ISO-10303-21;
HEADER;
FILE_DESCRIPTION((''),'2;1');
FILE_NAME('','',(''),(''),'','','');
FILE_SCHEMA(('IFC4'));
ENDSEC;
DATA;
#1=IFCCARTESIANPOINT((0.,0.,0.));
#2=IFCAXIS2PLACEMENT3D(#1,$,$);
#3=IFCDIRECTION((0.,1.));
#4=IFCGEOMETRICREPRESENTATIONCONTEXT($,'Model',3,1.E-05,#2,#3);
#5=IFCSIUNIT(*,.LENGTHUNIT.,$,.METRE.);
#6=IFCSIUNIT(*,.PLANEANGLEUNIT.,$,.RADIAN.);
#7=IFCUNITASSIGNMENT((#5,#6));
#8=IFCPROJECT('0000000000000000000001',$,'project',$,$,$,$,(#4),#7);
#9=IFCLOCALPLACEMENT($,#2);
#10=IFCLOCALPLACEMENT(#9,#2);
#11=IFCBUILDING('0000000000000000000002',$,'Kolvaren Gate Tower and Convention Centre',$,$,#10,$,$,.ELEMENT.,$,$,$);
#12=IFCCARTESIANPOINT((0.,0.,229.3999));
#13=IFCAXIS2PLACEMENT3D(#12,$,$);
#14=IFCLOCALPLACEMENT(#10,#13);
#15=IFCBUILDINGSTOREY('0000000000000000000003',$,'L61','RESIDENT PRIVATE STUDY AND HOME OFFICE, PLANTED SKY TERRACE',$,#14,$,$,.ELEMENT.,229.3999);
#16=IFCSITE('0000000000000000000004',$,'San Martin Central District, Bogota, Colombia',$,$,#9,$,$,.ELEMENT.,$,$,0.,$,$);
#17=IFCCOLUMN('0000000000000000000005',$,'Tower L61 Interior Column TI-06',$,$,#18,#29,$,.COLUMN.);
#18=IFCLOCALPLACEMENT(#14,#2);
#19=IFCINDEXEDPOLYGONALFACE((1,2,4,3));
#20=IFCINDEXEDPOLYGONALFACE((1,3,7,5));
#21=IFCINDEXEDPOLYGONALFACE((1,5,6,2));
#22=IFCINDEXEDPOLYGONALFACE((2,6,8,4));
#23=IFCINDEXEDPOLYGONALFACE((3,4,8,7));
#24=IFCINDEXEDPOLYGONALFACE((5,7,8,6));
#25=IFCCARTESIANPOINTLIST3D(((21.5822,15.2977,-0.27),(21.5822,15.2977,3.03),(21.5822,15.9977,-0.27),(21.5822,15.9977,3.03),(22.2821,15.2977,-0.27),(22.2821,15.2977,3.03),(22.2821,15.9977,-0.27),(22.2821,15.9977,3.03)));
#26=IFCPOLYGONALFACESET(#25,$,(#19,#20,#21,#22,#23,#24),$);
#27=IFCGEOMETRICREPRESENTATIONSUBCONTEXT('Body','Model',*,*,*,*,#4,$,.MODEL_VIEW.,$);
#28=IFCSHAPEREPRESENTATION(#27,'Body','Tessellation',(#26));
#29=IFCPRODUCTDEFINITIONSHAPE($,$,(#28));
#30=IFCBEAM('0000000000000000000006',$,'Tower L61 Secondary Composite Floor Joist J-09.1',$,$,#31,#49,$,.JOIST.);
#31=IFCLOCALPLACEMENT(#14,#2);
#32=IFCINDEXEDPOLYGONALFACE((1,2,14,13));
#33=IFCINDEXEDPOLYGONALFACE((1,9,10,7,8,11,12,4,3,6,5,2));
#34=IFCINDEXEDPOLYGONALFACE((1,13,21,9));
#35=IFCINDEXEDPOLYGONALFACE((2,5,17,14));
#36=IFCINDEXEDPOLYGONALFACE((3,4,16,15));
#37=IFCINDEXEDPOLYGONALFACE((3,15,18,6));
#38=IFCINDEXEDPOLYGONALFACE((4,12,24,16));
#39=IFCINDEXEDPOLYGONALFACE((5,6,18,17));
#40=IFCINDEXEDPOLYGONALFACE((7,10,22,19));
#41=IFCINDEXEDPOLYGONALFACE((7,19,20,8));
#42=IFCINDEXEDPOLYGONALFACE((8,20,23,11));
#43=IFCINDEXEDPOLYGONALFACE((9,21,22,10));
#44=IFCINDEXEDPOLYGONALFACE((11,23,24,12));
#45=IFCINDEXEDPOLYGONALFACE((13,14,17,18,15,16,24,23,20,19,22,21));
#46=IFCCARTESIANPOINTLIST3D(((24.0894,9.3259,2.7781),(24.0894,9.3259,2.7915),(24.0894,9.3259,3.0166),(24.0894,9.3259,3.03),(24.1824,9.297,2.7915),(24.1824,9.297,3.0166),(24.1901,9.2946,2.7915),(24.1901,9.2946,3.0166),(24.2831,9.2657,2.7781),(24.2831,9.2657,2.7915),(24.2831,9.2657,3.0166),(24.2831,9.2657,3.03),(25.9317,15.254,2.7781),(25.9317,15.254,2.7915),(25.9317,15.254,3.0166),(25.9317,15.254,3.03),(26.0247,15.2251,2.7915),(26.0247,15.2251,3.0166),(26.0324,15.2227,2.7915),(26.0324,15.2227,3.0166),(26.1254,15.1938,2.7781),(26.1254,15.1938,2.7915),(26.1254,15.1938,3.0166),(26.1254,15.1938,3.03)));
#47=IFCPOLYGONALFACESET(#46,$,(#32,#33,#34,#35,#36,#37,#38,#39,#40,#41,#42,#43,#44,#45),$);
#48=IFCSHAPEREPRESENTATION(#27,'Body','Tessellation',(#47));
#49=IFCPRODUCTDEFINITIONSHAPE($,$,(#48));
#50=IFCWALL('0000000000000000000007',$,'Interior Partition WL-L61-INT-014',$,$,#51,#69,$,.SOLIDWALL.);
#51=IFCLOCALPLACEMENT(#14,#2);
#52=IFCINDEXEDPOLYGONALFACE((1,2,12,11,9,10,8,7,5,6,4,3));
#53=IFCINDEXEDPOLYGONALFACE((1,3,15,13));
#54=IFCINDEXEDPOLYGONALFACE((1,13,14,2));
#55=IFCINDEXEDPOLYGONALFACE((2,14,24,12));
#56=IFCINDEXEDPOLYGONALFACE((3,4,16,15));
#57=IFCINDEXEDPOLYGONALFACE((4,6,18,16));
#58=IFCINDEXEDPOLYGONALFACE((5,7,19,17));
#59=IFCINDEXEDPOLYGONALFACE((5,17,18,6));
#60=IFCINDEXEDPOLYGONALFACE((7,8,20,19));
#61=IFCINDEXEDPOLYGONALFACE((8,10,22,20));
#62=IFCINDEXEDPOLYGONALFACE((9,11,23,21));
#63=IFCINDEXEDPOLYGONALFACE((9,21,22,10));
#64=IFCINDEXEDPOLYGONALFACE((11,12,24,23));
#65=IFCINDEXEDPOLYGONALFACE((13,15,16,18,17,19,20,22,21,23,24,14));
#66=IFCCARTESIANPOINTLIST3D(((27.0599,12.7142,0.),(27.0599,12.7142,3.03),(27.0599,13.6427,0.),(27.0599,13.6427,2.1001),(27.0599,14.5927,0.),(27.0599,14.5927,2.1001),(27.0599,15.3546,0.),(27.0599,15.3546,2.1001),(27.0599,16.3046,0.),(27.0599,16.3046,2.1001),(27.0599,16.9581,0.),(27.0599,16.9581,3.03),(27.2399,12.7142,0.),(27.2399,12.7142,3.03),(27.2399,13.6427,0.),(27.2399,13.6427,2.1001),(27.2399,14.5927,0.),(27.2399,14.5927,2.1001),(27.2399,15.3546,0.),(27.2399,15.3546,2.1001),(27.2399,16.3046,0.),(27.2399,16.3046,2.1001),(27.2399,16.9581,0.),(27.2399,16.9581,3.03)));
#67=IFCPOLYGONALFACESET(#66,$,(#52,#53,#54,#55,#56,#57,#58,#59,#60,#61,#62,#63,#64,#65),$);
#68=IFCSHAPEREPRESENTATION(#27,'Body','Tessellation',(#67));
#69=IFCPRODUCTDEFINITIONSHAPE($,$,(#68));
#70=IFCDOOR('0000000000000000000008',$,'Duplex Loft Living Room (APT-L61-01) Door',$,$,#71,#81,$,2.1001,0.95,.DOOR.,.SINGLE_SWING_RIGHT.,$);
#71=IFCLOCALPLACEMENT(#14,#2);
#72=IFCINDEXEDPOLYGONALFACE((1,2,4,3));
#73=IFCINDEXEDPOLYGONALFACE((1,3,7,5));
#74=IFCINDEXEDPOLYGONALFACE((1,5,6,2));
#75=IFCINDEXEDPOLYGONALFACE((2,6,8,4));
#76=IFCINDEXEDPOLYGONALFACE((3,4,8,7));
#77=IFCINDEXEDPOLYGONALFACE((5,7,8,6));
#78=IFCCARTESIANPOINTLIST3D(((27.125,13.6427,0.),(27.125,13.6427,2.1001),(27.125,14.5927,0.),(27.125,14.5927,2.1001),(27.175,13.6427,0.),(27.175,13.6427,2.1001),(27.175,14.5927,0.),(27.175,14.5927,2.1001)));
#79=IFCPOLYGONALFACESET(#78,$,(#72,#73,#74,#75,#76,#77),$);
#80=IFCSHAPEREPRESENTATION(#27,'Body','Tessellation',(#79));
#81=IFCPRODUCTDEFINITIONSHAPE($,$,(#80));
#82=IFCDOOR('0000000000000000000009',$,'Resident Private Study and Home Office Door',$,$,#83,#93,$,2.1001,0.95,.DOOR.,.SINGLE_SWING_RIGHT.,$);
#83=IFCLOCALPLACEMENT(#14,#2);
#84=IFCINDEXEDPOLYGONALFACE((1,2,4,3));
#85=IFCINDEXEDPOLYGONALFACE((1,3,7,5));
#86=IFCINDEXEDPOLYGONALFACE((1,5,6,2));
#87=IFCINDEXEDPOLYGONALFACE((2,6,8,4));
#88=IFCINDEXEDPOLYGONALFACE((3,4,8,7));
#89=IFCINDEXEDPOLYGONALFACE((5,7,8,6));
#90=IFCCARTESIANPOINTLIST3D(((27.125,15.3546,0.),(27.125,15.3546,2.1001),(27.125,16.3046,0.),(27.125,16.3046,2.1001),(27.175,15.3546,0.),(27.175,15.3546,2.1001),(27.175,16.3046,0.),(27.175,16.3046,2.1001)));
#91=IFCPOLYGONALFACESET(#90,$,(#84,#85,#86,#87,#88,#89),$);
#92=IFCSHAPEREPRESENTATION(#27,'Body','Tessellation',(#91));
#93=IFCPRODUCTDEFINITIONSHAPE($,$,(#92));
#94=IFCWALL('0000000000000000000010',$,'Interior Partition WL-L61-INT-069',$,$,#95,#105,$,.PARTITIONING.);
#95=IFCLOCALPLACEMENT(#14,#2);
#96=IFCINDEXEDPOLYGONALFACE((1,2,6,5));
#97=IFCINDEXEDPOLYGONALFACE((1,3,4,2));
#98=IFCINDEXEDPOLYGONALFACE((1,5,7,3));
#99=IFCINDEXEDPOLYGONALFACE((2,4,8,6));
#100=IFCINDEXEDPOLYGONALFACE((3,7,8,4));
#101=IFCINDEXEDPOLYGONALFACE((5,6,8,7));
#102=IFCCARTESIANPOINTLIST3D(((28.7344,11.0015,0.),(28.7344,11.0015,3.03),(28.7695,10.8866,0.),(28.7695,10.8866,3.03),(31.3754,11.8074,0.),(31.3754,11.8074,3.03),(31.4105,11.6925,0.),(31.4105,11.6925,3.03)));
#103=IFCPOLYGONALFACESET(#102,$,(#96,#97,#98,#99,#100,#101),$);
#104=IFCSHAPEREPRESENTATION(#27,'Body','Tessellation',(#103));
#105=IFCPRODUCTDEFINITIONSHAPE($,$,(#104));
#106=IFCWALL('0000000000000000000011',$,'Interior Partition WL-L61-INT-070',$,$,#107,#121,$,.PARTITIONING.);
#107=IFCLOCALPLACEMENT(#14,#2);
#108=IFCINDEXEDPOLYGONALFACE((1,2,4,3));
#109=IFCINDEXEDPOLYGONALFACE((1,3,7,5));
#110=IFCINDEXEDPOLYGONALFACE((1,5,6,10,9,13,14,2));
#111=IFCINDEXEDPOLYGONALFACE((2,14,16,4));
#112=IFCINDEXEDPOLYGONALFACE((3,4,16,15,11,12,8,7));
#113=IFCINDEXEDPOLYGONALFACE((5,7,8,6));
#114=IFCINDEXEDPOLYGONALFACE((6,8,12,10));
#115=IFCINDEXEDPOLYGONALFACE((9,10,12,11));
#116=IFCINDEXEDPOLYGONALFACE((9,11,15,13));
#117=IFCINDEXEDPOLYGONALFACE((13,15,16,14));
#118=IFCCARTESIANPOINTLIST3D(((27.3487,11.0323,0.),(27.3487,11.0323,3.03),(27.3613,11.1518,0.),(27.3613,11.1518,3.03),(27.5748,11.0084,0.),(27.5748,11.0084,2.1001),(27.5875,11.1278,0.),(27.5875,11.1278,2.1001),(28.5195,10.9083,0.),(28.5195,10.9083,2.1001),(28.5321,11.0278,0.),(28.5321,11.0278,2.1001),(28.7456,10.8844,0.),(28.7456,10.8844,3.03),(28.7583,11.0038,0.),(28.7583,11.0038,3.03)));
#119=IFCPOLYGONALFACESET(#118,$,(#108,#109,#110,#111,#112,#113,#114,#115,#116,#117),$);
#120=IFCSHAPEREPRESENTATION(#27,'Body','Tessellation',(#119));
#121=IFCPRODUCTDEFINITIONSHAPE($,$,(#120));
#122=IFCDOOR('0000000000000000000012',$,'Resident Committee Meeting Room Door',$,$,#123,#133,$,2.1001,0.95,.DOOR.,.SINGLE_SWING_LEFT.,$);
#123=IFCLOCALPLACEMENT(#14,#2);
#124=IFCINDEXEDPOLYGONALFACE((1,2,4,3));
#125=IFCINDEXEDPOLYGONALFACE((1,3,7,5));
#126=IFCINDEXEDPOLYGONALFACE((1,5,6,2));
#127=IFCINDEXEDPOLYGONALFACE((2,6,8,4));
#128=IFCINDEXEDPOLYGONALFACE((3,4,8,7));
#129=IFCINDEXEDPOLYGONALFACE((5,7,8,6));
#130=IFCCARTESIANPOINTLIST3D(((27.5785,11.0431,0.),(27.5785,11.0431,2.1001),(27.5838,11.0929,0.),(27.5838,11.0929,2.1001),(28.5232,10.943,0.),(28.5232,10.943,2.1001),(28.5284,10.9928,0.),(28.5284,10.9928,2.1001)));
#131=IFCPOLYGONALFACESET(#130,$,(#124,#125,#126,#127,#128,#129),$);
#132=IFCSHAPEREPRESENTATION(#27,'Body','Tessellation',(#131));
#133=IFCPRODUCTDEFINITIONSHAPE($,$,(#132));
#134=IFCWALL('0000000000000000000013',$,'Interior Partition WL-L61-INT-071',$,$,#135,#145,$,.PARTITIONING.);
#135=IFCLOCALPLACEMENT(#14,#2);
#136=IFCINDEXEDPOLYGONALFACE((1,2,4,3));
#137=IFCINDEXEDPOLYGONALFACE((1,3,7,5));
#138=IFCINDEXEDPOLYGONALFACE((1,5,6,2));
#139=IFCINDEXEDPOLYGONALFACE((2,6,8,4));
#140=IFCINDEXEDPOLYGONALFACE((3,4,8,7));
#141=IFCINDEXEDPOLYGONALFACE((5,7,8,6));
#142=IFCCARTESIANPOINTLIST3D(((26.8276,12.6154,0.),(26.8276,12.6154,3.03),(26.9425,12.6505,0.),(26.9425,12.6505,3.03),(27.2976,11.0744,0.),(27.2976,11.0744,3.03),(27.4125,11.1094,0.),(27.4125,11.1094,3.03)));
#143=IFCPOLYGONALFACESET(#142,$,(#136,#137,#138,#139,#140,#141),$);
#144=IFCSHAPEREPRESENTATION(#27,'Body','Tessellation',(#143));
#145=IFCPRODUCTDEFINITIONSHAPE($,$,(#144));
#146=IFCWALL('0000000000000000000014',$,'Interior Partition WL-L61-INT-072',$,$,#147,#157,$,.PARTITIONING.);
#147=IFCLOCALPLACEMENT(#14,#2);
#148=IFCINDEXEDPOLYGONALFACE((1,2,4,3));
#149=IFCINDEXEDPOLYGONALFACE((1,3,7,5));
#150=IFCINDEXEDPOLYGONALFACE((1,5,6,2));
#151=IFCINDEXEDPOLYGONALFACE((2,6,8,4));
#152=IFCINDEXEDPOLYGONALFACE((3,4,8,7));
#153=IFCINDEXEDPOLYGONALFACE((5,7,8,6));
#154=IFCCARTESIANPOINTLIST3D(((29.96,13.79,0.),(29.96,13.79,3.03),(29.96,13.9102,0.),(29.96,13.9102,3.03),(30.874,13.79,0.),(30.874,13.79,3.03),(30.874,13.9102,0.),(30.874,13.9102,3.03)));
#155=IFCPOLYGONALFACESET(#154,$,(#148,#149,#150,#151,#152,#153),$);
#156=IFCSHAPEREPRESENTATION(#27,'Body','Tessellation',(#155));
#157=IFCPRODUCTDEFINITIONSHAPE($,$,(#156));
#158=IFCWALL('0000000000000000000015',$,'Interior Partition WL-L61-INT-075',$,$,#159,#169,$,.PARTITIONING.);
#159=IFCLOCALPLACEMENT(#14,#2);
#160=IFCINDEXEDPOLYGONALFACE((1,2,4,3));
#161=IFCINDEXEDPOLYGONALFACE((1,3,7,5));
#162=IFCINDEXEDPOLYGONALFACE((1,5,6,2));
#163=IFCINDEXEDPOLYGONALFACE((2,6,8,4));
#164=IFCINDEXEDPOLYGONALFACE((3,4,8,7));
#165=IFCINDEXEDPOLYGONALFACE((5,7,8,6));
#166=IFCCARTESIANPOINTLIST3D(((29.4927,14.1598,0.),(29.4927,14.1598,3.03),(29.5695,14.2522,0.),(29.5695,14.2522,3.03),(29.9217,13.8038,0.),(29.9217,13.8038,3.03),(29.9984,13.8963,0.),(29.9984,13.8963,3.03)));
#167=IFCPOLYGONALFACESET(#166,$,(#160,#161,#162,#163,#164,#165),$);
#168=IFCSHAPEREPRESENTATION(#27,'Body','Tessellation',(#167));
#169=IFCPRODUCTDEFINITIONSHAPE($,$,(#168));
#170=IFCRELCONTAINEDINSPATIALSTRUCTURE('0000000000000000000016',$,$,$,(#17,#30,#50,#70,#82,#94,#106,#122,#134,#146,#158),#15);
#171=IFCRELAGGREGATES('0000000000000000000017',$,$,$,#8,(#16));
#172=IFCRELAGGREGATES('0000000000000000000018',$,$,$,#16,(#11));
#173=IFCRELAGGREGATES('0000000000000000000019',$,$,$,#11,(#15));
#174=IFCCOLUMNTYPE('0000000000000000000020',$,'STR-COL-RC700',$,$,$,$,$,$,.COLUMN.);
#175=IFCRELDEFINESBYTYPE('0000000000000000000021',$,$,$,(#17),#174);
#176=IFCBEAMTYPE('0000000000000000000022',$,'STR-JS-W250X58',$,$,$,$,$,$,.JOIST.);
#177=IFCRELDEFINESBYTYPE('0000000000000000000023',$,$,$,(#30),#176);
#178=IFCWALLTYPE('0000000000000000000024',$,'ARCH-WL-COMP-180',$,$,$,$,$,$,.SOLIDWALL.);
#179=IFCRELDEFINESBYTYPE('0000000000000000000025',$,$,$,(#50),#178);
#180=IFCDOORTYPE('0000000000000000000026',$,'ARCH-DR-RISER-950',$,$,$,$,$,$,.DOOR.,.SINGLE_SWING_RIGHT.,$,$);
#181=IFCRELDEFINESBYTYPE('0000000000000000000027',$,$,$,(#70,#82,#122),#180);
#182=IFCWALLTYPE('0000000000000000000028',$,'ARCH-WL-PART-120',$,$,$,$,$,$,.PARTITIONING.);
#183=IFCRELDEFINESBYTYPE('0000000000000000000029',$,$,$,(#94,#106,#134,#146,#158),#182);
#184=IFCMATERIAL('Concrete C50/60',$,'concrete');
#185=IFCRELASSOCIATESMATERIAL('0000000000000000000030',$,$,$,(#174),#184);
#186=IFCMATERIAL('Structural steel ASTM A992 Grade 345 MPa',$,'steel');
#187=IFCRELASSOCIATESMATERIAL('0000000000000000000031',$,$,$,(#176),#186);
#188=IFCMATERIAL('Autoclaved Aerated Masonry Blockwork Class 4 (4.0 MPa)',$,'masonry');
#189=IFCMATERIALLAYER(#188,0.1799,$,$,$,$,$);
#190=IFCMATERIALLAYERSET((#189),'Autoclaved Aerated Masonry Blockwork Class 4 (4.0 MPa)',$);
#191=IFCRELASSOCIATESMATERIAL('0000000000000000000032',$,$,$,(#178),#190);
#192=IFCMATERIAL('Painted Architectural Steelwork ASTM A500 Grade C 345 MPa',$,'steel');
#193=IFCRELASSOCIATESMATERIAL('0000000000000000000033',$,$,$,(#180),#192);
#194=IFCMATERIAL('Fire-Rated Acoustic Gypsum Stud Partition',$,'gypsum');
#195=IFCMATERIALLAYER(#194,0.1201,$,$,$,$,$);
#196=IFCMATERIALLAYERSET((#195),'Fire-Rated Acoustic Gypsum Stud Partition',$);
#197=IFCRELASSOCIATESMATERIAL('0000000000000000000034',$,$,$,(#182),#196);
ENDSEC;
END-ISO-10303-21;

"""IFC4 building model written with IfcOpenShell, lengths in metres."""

from ifc_helpers import new_model, si_unit, direction, frame, frame_2d, origin, origin_2d, place, context, subcontext, project, spatial, rectangle, i_section, extrude, material, layer, layer_set, material_profile, profile_set, type_object, element, fill, save


model = new_model("IFC4")

# Units and contexts
model_context = context("Model", 3, precision=1e-05, world=origin(), true_north=direction((0.0, 1.0)))
body_context = subcontext(model_context, "Body", "Model", "MODEL_VIEW")
ifc_project = project(units=[si_unit("LENGTHUNIT", "METRE"), si_unit("PLANEANGLEUNIT", "RADIAN")], contexts=[model_context])

# Site, building, storey
site_placement = place(None, origin())
site = spatial("IfcSite", under=ifc_project, at=site_placement, Name="San Martin Central District, Bogota, Colombia", CompositionType="ELEMENT", RefElevation=0.0)
building_placement = place(site_placement, origin())
building = spatial("IfcBuilding", under=site, at=building_placement, Name="Kolvaren Gate Tower and Convention Centre", CompositionType="ELEMENT")
storey_placement = place(building_placement, frame((0.0, 0.0, 229.3999)))
storey = spatial("IfcBuildingStorey", under=building, at=storey_placement, Name="L61", Description="RESIDENT PRIVATE STUDY AND HOME OFFICE, PLANTED SKY TERRACE", CompositionType="ELEMENT", Elevation=229.3999)

# Column
ifc_material_1 = material(Name="Concrete C50/60", Category="concrete")
ifc_material_profile_1 = material_profile(ifc_material_1, rectangle(XDim=0.7, YDim=0.7, at=origin_2d()), Name="RC-COL-700X700")
ifc_profile_set_1 = profile_set([ifc_material_profile_1], Name="Concrete C50/60")
column_type = type_object("IfcColumnType", Name="STR-COL-RC700", PredefinedType="COLUMN", material=ifc_profile_set_1)
column_placement = place(storey_placement, frame((21.9321, 15.6477, -0.27), z_axis=(0.0, 0.0, 1.0), x_axis=(1.0, 0.0, 0.0)))
element("IfcColumn", 1, at=column_placement, inside=storey, type_object=column_type, Name="Tower L61 Interior Column TI-06", PredefinedType="COLUMN", context=body_context, shape_type="SweptSolid", body=[
    extrude(rectangle(XDim=0.7, YDim=0.7, at=origin_2d()), origin(), (0.0, 0.0, 1.0), 3.3),
])

# Beam
ifc_material_2 = material(Name="Structural steel ASTM A992 Grade 345 MPa", Category="steel")
ifc_material_profile_2 = material_profile(ifc_material_2, i_section(OverallWidth=0.2029, OverallDepth=0.252, WebThickness=0.0081, FlangeThickness=0.0134, at=origin_2d()), Name="W250X58")
ifc_profile_set_2 = profile_set([ifc_material_profile_2], Name="Structural steel ASTM A992 Grade 345 MPa")
beam_type = type_object("IfcBeamType", Name="STR-JS-W250X58", PredefinedType="JOIST", material=ifc_profile_set_2)
beam_placement = place(storey_placement, frame((26.0286, 15.2239, 2.9041), z_axis=(-0.296776, -0.954947, 0.0), x_axis=(0.954947, -0.296776, 0.0)))
element("IfcBeam", 2, at=beam_placement, inside=storey, type_object=beam_type, Name="Tower L61 Secondary Composite Floor Joist J-09.1", PredefinedType="JOIST", context=body_context, shape_type="SweptSolid", body=[
    extrude(i_section(OverallWidth=0.2029, OverallDepth=0.252, WebThickness=0.0081, FlangeThickness=0.0134, at=origin_2d()), origin(), (0.0, 0.0, 1.0), 6.2078),
])

# Wall, openings, doors
ifc_material_3 = material(Name="Autoclaved Aerated Masonry Blockwork Class 4 (4.0 MPa)", Category="masonry")
ifc_layer_1 = layer(ifc_material_3, 0.1799)
ifc_layer_set_1 = layer_set([ifc_layer_1], Name="Autoclaved Aerated Masonry Blockwork Class 4 (4.0 MPa)")
wall_type_1 = type_object("IfcWallType", Name="ARCH-WL-COMP-180", PredefinedType="SOLIDWALL", material=ifc_layer_set_1)
wall_1_placement = place(storey_placement, frame((27.1499, 12.7141, 0.0), z_axis=(0.0, 0.0, 1.0), x_axis=(0.0, 1.0, 0.0)))
wall_1 = element("IfcWall", 3, at=wall_1_placement, inside=storey, type_object=wall_type_1, Name="Interior Partition WL-L61-INT-014", PredefinedType="SOLIDWALL", context=body_context, shape_type="SweptSolid", body=[
    extrude(rectangle(XDim=4.2439, YDim=0.1799, at=frame_2d((2.1221, 0.0))), origin(), (0.0, 0.0, 1.0), 3.03),
])
opening_1_placement = place(wall_1_placement, frame((0.9285, 0.0, 0.0)))
opening_1 = element("IfcOpeningElement", 4, at=opening_1_placement, cuts=wall_1, PredefinedType="OPENING", context=body_context, shape_type="SweptSolid", body=[
    extrude(rectangle(XDim=0.95, YDim=2.1001, at=frame_2d((0.4751, 1.05))), frame((0.0, 0.0999, 0.0), z_axis=(0.0, -1.0, 0.0), x_axis=(1.0, 0.0, 0.0)), (0.0, 0.0, 1.0), 0.2),
])
opening_2_placement = place(wall_1_placement, frame((2.6404, 0.0, 0.0)))
opening_2 = element("IfcOpeningElement", 5, at=opening_2_placement, cuts=wall_1, PredefinedType="OPENING", context=body_context, shape_type="SweptSolid", body=[
    extrude(rectangle(XDim=0.95, YDim=2.1001, at=frame_2d((0.4751, 1.05))), frame((0.0, 0.0999, 0.0), z_axis=(0.0, -1.0, 0.0), x_axis=(1.0, 0.0, 0.0)), (0.0, 0.0, 1.0), 0.2),
])
ifc_material_4 = material(Name="Painted Architectural Steelwork ASTM A500 Grade C 345 MPa", Category="steel")
door_type_1 = type_object("IfcDoorType", Name="ARCH-DR-RISER-950", OperationType="SINGLE_SWING_RIGHT", PredefinedType="DOOR", material=ifc_material_4)
door_1_placement = place(opening_1_placement, origin())
door_1 = element("IfcDoor", 6, at=door_1_placement, inside=storey, type_object=door_type_1, Name="Duplex Loft Living Room (APT-L61-01) Door", OperationType="SINGLE_SWING_RIGHT", OverallHeight=2.1001, OverallWidth=0.95, PredefinedType="DOOR", context=body_context, shape_type="SweptSolid", body=[
    extrude(rectangle(XDim=0.95, YDim=2.1001, at=frame_2d((0.4751, 1.05))), frame((0.0, 0.0249, 0.0), z_axis=(0.0, -1.0, 0.0), x_axis=(1.0, 0.0, 0.0)), (0.0, 0.0, 1.0), 0.05),
])
fill(opening_1, door_1)
door_2_placement = place(opening_2_placement, origin())
door_2 = element("IfcDoor", 7, at=door_2_placement, inside=storey, type_object=door_type_1, Name="Resident Private Study and Home Office Door", OperationType="SINGLE_SWING_RIGHT", OverallHeight=2.1001, OverallWidth=0.95, PredefinedType="DOOR", context=body_context, shape_type="SweptSolid", body=[
    extrude(rectangle(XDim=0.95, YDim=2.1001, at=frame_2d((0.4751, 1.05))), frame((0.0, 0.0249, 0.0), z_axis=(0.0, -1.0, 0.0), x_axis=(1.0, 0.0, 0.0)), (0.0, 0.0, 1.0), 0.05),
])
fill(opening_2, door_2)

# Wall
ifc_material_5 = material(Name="Fire-Rated Acoustic Gypsum Stud Partition", Category="gypsum")
ifc_layer_2 = layer(ifc_material_5, 0.1201)
ifc_layer_set_2 = layer_set([ifc_layer_2], Name="Fire-Rated Acoustic Gypsum Stud Partition")
wall_type_2 = type_object("IfcWallType", Name="ARCH-WL-PART-120", PredefinedType="PARTITIONING", material=ifc_layer_set_2)
wall_2_placement = place(storey_placement, frame((28.752, 10.9441, 0.0), z_axis=(0.0, 0.0, 1.0), x_axis=(0.956463, 0.291855, 0.0)))
element("IfcWall", 8, at=wall_2_placement, inside=storey, type_object=wall_type_2, Name="Interior Partition WL-L61-INT-069", PredefinedType="PARTITIONING", context=body_context, shape_type="SweptSolid", body=[
    extrude(rectangle(XDim=2.7612, YDim=0.1201, at=frame_2d((1.3806, 0.0))), origin(), (0.0, 0.0, 1.0), 3.03),
])

# Wall, opening, door
wall_3_placement = place(storey_placement, frame((27.355, 11.092, 0.0), z_axis=(0.0, 0.0, 1.0), x_axis=(0.994439, -0.105318, 0.0)))
wall_3 = element("IfcWall", 9, at=wall_3_placement, inside=storey, type_object=wall_type_2, Name="Interior Partition WL-L61-INT-070", PredefinedType="PARTITIONING", context=body_context, shape_type="SweptSolid", body=[
    extrude(rectangle(XDim=1.4048, YDim=0.1201, at=frame_2d((0.7024, 0.0))), origin(), (0.0, 0.0, 1.0), 3.03),
])
opening_3_placement = place(wall_3_placement, frame((0.2273, 0.0, 0.0)))
opening_3 = element("IfcOpeningElement", 10, at=opening_3_placement, cuts=wall_3, PredefinedType="OPENING", context=body_context, shape_type="SweptSolid", body=[
    extrude(rectangle(XDim=0.95, YDim=2.1001, at=frame_2d((0.4751, 1.05))), frame((0.0, 0.0701, 0.0), z_axis=(0.0, -1.0, 0.0), x_axis=(1.0, 0.0, 0.0)), (0.0, 0.0, 1.0), 0.1401),
])
door_3_placement = place(opening_3_placement, origin())
door_3 = element("IfcDoor", 11, at=door_3_placement, inside=storey, type_object=door_type_1, Name="Resident Committee Meeting Room Door", OperationType="SINGLE_SWING_LEFT", OverallHeight=2.1001, OverallWidth=0.95, PredefinedType="DOOR", context=body_context, shape_type="SweptSolid", body=[
    extrude(rectangle(XDim=0.95, YDim=2.1001, at=frame_2d((0.4751, 1.05))), frame((0.0, 0.0249, 0.0), z_axis=(0.0, -1.0, 0.0), x_axis=(1.0, 0.0, 0.0)), (0.0, 0.0, 1.0), 0.05),
])
fill(opening_3, door_3)

# Walls
wall_4_placement = place(storey_placement, frame((26.885, 12.6331, 0.0), z_axis=(0.0, 0.0, 1.0), x_axis=(0.29171, -0.956507, 0.0)))
element("IfcWall", 12, at=wall_4_placement, inside=storey, type_object=wall_type_2, Name="Interior Partition WL-L61-INT-071", PredefinedType="PARTITIONING", context=body_context, shape_type="SweptSolid", body=[
    extrude(rectangle(XDim=1.6111, YDim=0.1201, at=frame_2d((0.8057, 0.0))), origin(), (0.0, 0.0, 1.0), 3.03),
])
wall_5_placement = place(storey_placement, frame((29.96, 13.8501, 0.0), z_axis=(0.0, 0.0, 1.0), x_axis=(1.0, 0.0, 0.0)))
element("IfcWall", 13, at=wall_5_placement, inside=storey, type_object=wall_type_2, Name="Interior Partition WL-L61-INT-072", PredefinedType="PARTITIONING", context=body_context, shape_type="SweptSolid", body=[
    extrude(rectangle(XDim=0.9141, YDim=0.1201, at=frame_2d((0.457, 0.0))), origin(), (0.0, 0.0, 1.0), 3.03),
])
wall_6_placement = place(storey_placement, frame((29.531, 14.2061, 0.0), z_axis=(0.0, 0.0, 1.0), x_axis=(0.769548, -0.638589, 0.0)))
element("IfcWall", 14, at=wall_6_placement, inside=storey, type_object=wall_type_2, Name="Interior Partition WL-L61-INT-075", PredefinedType="PARTITIONING", context=body_context, shape_type="SweptSolid", body=[
    extrude(rectangle(XDim=0.5574, YDim=0.1201, at=frame_2d((0.2788, 0.0))), origin(), (0.0, 0.0, 1.0), 3.03),
])

save(model, "model.ifc")
